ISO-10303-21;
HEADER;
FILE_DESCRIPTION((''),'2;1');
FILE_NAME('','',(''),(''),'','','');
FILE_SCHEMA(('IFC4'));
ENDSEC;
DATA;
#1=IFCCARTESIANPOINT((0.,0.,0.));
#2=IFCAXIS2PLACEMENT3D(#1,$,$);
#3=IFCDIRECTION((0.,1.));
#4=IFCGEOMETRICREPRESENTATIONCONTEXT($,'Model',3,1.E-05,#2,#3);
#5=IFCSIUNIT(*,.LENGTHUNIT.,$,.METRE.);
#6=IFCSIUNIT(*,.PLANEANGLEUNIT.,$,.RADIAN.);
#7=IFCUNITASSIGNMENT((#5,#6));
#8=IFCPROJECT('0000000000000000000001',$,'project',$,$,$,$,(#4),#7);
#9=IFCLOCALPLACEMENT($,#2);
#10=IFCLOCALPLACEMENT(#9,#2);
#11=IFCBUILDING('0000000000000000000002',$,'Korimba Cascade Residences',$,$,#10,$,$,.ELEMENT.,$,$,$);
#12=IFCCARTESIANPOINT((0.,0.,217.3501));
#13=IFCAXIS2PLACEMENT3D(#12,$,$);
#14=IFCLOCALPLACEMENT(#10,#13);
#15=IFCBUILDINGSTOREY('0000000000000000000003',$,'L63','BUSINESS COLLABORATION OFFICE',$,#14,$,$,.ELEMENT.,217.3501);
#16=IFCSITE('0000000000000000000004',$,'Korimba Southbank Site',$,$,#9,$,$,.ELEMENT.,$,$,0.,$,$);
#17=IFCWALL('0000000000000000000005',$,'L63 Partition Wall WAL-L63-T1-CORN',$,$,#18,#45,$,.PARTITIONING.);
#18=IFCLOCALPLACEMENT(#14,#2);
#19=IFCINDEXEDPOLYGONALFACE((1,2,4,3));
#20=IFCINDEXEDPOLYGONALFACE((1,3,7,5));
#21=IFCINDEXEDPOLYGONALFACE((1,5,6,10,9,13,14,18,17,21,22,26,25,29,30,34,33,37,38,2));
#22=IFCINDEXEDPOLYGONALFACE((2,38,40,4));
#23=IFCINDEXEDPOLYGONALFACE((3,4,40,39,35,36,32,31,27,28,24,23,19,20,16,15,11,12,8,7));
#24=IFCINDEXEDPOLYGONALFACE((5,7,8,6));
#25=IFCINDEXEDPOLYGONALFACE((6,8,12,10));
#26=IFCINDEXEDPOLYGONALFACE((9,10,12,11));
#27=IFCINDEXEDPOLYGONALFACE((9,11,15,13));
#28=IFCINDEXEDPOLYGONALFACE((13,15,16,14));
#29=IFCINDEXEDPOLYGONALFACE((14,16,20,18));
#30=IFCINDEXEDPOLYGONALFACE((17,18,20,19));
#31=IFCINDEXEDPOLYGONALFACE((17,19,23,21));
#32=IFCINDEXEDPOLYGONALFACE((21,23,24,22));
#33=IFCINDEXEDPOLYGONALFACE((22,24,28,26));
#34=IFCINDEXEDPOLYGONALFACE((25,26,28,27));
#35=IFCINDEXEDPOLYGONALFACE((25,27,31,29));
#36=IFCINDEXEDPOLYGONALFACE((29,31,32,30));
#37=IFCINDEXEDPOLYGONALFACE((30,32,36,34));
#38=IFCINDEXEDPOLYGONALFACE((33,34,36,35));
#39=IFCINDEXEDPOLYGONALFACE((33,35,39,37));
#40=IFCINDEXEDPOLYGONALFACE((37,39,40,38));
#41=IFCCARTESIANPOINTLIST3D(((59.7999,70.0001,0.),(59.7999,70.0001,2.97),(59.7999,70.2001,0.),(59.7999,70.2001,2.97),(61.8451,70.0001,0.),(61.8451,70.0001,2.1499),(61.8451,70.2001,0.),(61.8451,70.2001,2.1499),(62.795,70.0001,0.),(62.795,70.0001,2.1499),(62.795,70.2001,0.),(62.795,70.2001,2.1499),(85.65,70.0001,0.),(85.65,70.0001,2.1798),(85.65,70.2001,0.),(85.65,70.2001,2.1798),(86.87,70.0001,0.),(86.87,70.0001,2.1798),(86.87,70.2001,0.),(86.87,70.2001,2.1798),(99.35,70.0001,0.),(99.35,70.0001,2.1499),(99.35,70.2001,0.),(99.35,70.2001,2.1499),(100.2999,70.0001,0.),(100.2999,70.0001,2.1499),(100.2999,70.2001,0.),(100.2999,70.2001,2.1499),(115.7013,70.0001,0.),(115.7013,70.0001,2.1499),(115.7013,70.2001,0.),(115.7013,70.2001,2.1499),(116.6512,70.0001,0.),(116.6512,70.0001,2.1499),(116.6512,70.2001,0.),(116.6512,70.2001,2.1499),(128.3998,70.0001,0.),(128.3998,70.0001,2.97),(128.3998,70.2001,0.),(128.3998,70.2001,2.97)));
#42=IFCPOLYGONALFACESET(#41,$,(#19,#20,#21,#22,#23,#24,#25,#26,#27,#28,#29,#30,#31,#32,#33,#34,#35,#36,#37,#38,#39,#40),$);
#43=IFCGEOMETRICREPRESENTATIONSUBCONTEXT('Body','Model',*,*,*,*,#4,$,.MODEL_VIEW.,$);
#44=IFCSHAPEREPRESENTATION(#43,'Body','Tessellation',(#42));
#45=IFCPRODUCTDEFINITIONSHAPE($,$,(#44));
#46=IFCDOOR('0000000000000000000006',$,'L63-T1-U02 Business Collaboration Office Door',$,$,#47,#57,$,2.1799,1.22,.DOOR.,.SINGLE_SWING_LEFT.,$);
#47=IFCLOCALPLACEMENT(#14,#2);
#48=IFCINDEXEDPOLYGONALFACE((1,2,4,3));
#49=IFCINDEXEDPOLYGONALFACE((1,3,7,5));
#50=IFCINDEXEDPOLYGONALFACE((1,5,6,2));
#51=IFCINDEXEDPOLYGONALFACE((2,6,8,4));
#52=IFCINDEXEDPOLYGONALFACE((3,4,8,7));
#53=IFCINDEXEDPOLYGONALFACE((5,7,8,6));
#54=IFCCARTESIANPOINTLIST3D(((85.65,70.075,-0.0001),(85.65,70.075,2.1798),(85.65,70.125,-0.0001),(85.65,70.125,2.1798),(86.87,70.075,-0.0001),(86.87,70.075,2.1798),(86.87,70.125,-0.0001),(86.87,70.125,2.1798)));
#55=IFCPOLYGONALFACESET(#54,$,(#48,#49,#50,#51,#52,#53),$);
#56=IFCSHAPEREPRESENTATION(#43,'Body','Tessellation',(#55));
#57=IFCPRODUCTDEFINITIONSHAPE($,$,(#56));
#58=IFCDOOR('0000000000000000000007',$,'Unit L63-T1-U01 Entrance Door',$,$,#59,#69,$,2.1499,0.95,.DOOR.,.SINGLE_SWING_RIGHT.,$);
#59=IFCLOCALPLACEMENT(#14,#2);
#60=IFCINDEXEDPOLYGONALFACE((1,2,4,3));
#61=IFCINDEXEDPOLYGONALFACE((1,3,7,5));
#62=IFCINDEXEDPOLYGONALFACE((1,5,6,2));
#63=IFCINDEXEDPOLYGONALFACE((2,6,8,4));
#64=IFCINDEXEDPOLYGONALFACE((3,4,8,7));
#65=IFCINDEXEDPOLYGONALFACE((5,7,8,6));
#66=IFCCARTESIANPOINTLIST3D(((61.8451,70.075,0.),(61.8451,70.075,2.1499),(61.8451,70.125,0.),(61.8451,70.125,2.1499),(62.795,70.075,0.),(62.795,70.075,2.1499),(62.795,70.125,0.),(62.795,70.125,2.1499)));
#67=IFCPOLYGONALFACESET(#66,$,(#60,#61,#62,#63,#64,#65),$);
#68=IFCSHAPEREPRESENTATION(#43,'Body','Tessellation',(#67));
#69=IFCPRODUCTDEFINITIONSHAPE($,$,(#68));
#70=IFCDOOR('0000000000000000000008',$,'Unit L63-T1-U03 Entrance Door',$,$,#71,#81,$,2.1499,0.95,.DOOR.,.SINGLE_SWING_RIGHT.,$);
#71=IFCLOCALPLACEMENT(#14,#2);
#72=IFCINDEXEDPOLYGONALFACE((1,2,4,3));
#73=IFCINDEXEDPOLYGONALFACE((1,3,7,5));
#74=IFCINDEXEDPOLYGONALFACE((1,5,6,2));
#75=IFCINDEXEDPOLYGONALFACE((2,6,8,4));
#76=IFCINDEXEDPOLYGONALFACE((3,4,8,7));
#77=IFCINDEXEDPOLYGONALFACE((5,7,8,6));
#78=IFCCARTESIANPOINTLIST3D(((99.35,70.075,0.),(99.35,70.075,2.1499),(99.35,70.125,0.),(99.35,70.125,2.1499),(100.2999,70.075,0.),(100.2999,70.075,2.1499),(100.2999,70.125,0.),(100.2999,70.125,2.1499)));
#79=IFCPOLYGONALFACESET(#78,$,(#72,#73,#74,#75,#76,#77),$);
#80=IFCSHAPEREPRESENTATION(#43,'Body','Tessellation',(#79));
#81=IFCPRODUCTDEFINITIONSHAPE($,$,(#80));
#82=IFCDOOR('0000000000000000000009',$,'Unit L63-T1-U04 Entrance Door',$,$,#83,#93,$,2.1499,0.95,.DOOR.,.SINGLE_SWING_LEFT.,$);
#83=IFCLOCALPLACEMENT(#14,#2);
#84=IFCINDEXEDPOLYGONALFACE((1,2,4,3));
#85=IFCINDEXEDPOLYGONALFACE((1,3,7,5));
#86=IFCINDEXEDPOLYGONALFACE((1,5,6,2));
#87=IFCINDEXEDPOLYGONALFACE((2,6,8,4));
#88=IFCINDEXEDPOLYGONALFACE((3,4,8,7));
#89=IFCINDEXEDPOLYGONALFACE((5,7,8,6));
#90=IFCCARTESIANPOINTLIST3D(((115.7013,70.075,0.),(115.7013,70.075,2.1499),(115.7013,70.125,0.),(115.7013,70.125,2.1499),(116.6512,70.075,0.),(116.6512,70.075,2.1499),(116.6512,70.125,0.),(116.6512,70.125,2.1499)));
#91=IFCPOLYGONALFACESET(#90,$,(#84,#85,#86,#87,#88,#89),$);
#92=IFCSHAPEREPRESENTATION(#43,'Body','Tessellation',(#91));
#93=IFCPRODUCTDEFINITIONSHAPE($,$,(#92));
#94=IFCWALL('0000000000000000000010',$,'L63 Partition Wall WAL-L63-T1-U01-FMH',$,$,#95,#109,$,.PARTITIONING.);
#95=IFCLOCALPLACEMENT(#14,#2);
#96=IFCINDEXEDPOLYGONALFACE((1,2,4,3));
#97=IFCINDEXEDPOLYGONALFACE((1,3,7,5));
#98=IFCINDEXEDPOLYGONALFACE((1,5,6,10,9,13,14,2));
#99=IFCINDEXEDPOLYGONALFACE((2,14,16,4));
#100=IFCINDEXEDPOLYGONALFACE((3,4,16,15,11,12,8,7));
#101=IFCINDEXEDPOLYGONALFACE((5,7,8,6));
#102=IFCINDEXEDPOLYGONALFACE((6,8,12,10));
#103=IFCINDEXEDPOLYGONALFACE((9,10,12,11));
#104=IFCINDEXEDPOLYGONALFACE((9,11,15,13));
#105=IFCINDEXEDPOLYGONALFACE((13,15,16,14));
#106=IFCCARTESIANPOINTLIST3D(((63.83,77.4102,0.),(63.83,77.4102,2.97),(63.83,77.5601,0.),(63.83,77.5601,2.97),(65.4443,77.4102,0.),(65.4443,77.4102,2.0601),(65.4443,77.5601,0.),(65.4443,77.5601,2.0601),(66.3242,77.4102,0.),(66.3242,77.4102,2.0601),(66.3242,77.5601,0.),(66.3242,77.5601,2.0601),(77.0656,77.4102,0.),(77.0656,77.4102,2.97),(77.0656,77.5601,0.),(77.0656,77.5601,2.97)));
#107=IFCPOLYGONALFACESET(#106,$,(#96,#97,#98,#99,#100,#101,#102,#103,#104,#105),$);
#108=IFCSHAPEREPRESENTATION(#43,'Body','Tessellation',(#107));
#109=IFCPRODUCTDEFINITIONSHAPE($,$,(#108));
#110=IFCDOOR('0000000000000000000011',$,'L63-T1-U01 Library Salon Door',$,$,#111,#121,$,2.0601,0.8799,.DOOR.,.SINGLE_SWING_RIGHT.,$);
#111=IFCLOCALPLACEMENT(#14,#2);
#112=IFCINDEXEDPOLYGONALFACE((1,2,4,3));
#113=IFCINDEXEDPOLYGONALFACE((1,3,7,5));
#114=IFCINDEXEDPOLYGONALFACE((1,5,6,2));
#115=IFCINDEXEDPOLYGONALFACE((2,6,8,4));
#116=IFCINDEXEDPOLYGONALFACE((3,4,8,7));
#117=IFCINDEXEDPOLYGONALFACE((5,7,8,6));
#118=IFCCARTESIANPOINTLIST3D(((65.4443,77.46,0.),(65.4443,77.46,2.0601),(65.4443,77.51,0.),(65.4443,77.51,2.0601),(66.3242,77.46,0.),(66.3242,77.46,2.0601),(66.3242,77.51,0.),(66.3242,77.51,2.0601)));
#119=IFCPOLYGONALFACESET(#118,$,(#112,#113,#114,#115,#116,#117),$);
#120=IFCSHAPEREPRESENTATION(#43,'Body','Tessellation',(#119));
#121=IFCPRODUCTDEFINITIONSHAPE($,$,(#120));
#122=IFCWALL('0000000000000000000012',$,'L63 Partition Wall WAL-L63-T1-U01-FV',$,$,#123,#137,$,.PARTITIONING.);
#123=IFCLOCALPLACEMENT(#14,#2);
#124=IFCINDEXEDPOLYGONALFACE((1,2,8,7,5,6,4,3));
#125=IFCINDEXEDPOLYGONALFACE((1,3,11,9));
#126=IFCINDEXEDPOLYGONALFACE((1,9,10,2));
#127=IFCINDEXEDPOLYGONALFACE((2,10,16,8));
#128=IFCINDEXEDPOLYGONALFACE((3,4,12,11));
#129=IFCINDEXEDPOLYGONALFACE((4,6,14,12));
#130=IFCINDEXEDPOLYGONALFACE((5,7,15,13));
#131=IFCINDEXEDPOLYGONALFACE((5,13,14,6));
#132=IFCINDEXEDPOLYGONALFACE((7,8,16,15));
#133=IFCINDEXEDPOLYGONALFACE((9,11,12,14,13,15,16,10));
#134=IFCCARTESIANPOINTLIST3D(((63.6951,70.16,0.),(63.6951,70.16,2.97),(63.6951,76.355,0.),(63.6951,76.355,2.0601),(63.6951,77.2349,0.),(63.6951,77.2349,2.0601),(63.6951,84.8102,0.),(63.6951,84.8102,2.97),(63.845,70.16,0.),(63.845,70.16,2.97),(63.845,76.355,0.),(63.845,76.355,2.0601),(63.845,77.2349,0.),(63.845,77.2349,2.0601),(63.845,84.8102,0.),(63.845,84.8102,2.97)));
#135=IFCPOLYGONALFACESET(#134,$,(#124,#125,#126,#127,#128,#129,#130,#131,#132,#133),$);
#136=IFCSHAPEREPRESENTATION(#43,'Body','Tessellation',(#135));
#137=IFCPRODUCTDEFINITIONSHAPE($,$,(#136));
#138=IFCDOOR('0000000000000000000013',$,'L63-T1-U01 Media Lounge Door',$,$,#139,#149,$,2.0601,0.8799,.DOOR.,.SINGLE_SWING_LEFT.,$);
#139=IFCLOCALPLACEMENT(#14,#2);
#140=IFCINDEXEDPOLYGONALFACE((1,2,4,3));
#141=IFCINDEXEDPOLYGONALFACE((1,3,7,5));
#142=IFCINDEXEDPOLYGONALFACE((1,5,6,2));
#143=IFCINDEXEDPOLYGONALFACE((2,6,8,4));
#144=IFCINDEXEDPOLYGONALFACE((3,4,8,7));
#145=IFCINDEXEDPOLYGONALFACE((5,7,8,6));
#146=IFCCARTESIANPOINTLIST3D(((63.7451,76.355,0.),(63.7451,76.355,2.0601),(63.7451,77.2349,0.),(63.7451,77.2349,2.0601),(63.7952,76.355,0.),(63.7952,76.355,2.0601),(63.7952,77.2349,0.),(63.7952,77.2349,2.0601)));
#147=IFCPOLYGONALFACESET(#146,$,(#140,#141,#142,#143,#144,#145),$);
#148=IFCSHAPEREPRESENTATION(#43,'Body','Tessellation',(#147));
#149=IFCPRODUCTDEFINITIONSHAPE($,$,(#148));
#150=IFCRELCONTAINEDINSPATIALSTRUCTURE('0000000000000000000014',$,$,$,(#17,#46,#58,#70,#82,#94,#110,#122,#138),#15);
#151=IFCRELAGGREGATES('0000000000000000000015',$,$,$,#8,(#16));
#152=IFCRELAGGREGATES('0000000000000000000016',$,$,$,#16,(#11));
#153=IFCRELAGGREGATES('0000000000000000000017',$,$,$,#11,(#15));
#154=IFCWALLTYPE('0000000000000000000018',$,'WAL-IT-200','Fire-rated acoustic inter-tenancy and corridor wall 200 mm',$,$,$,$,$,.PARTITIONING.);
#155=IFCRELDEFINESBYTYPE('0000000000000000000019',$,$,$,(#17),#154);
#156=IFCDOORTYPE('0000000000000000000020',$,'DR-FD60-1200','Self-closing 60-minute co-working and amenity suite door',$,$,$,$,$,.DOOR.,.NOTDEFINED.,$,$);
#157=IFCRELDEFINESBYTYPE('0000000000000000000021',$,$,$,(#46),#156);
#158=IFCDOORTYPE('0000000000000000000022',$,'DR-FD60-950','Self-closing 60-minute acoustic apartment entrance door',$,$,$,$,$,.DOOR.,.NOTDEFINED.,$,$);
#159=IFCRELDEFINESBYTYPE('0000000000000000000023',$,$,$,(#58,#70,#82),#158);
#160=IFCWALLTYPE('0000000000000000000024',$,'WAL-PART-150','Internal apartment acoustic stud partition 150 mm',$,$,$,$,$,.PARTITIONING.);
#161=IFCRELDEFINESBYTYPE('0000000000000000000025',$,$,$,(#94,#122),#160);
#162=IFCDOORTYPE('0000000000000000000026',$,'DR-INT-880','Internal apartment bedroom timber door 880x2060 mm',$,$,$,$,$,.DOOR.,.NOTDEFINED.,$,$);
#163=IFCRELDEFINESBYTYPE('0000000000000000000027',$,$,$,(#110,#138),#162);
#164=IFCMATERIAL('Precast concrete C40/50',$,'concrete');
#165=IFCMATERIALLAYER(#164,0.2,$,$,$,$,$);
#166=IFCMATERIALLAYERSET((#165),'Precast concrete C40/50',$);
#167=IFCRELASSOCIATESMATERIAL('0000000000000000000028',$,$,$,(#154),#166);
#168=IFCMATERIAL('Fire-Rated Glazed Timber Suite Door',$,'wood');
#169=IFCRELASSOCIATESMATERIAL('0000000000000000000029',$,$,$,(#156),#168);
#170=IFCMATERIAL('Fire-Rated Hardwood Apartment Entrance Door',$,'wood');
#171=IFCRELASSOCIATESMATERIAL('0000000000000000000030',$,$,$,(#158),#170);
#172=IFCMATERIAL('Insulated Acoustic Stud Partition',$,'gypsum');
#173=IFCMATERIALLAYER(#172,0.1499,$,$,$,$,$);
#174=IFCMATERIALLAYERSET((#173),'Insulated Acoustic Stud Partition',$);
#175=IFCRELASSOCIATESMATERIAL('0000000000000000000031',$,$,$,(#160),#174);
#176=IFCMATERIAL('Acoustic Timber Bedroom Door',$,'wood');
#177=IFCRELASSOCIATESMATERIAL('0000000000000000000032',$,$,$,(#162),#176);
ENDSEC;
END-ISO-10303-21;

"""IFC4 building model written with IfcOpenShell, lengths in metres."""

from ifc_helpers import new_model, si_unit, direction, frame, frame_2d, origin, place, context, subcontext, project, spatial, rectangle, extrude, material, layer, layer_set, type_object, element, fill, save


model = new_model("IFC4")

# Units and contexts
model_context = context("Model", 3, precision=1e-05, world=origin(), true_north=direction((0.0, 1.0)))
body_context = subcontext(model_context, "Body", "Model", "MODEL_VIEW")
ifc_project = project(units=[si_unit("LENGTHUNIT", "METRE"), si_unit("PLANEANGLEUNIT", "RADIAN")], contexts=[model_context])

# Site, building, storey
site_placement = place(None, origin())
site = spatial("IfcSite", under=ifc_project, at=site_placement, Name="Korimba Southbank Site", CompositionType="ELEMENT", RefElevation=0.0)
building_placement = place(site_placement, origin())
building = spatial("IfcBuilding", under=site, at=building_placement, Name="Korimba Cascade Residences", CompositionType="ELEMENT")
storey_placement = place(building_placement, frame((0.0, 0.0, 217.3501)))
storey = spatial("IfcBuildingStorey", under=building, at=storey_placement, Name="L63", Description="BUSINESS COLLABORATION OFFICE", CompositionType="ELEMENT", Elevation=217.3501)

# Shared definitions
ifc_material_1 = material(Name="Precast concrete C40/50", Category="concrete")
ifc_layer_1 = layer(ifc_material_1, 0.2)
ifc_layer_set_1 = layer_set([ifc_layer_1], Name="Precast concrete C40/50")
wall_type_1 = type_object("IfcWallType", Name="WAL-IT-200", Description="Fire-rated acoustic inter-tenancy and corridor wall 200 mm", PredefinedType="PARTITIONING", material=ifc_layer_set_1)

# Wall, openings, doors
wall_1_placement = place(storey_placement, frame((59.8, 70.1001, 0.0), z_axis=(0.0, 0.0, 1.0), x_axis=(1.0, 0.0, 0.0)))
wall_1 = element("IfcWall", 1, at=wall_1_placement, inside=storey, type_object=wall_type_1, Name="L63 Partition Wall WAL-L63-T1-CORN", PredefinedType="PARTITIONING", context=body_context, shape_type="SweptSolid", body=[
    extrude(rectangle(XDim=68.5999, YDim=0.2, at=frame_2d((34.2998, 0.0))), origin(), (0.0, 0.0, 1.0), 2.97),
])
opening_1_placement = place(wall_1_placement, frame((2.0449, 0.0, 0.0)))
opening_1 = element("IfcOpeningElement", 2, at=opening_1_placement, cuts=wall_1, PredefinedType="OPENING", context=body_context, shape_type="SweptSolid", body=[
    extrude(rectangle(XDim=0.95, YDim=2.1499, at=frame_2d((0.4751, 1.075))), frame((0.0, 0.1099, 0.0), z_axis=(0.0, -1.0, 0.0), x_axis=(1.0, 0.0, 0.0)), (0.0, 0.0, 1.0), 0.22),
])
opening_2_placement = place(wall_1_placement, frame((25.8501, 0.0, 0.0)))
opening_2 = element("IfcOpeningElement", 3, at=opening_2_placement, cuts=wall_1, PredefinedType="OPENING", context=body_context, shape_type="SweptSolid", body=[
    extrude(rectangle(XDim=1.22, YDim=2.1799, at=frame_2d((0.6099, 1.0898))), frame((0.0, 0.1099, 0.0), z_axis=(0.0, -1.0, 0.0), x_axis=(1.0, 0.0, 0.0)), (0.0, 0.0, 1.0), 0.22),
])
opening_3_placement = place(wall_1_placement, frame((39.5498, 0.0, 0.0)))
opening_3 = element("IfcOpeningElement", 4, at=opening_3_placement, cuts=wall_1, PredefinedType="OPENING", context=body_context, shape_type="SweptSolid", body=[
    extrude(rectangle(XDim=0.95, YDim=2.1499, at=frame_2d((0.4751, 1.075))), frame((0.0, 0.1099, 0.0), z_axis=(0.0, -1.0, 0.0), x_axis=(1.0, 0.0, 0.0)), (0.0, 0.0, 1.0), 0.22),
])
opening_4_placement = place(wall_1_placement, frame((55.9011, 0.0, 0.0)))
opening_4 = element("IfcOpeningElement", 5, at=opening_4_placement, cuts=wall_1, PredefinedType="OPENING", context=body_context, shape_type="SweptSolid", body=[
    extrude(rectangle(XDim=0.95, YDim=2.1499, at=frame_2d((0.4751, 1.075))), frame((0.0, 0.1099, 0.0), z_axis=(0.0, -1.0, 0.0), x_axis=(1.0, 0.0, 0.0)), (0.0, 0.0, 1.0), 0.22),
])
ifc_material_2 = material(Name="Fire-Rated Glazed Timber Suite Door", Category="wood")
door_type_1 = type_object("IfcDoorType", Name="DR-FD60-1200", Description="Self-closing 60-minute co-working and amenity suite door", OperationType="NOTDEFINED", PredefinedType="DOOR", material=ifc_material_2)
door_1_placement = place(opening_2_placement, origin())
door_1 = element("IfcDoor", 6, at=door_1_placement, inside=storey, type_object=door_type_1, Name="L63-T1-U02 Business Collaboration Office Door", OperationType="SINGLE_SWING_LEFT", OverallHeight=2.1799, OverallWidth=1.22, PredefinedType="DOOR", context=body_context, shape_type="SweptSolid", body=[
    extrude(rectangle(XDim=1.22, YDim=2.1799, at=frame_2d((0.6099, 1.0898))), frame((0.0, 0.0249, 0.0), z_axis=(0.0, -1.0, 0.0), x_axis=(1.0, 0.0, 0.0)), (0.0, 0.0, 1.0), 0.05),
])
fill(opening_2, door_1)
ifc_material_3 = material(Name="Fire-Rated Hardwood Apartment Entrance Door", Category="wood")
door_type_2 = type_object("IfcDoorType", Name="DR-FD60-950", Description="Self-closing 60-minute acoustic apartment entrance door", OperationType="NOTDEFINED", PredefinedType="DOOR", material=ifc_material_3)
door_2_placement = place(opening_1_placement, origin())
door_2 = element("IfcDoor", 7, at=door_2_placement, inside=storey, type_object=door_type_2, Name="Unit L63-T1-U01 Entrance Door", OperationType="SINGLE_SWING_RIGHT", OverallHeight=2.1499, OverallWidth=0.95, PredefinedType="DOOR", context=body_context, shape_type="SweptSolid", body=[
    extrude(rectangle(XDim=0.95, YDim=2.1499, at=frame_2d((0.4751, 1.075))), frame((0.0, 0.0249, 0.0), z_axis=(0.0, -1.0, 0.0), x_axis=(1.0, 0.0, 0.0)), (0.0, 0.0, 1.0), 0.05),
])
fill(opening_1, door_2)
door_3_placement = place(opening_3_placement, origin())
door_3 = element("IfcDoor", 8, at=door_3_placement, inside=storey, type_object=door_type_2, Name="Unit L63-T1-U03 Entrance Door", OperationType="SINGLE_SWING_RIGHT", OverallHeight=2.1499, OverallWidth=0.95, PredefinedType="DOOR", context=body_context, shape_type="SweptSolid", body=[
    extrude(rectangle(XDim=0.95, YDim=2.1499, at=frame_2d((0.4751, 1.075))), frame((0.0, 0.0249, 0.0), z_axis=(0.0, -1.0, 0.0), x_axis=(1.0, 0.0, 0.0)), (0.0, 0.0, 1.0), 0.05),
])
fill(opening_3, door_3)
door_4_placement = place(opening_4_placement, origin())
door_4 = element("IfcDoor", 9, at=door_4_placement, inside=storey, type_object=door_type_2, Name="Unit L63-T1-U04 Entrance Door", OperationType="SINGLE_SWING_LEFT", OverallHeight=2.1499, OverallWidth=0.95, PredefinedType="DOOR", context=body_context, shape_type="SweptSolid", body=[
    extrude(rectangle(XDim=0.95, YDim=2.1499, at=frame_2d((0.4751, 1.075))), frame((0.0, 0.0249, 0.0), z_axis=(0.0, -1.0, 0.0), x_axis=(1.0, 0.0, 0.0)), (0.0, 0.0, 1.0), 0.05),
])
fill(opening_4, door_4)

# Walls, openings, doors
ifc_material_4 = material(Name="Insulated Acoustic Stud Partition", Category="gypsum")
ifc_layer_2 = layer(ifc_material_4, 0.1499)
ifc_layer_set_2 = layer_set([ifc_layer_2], Name="Insulated Acoustic Stud Partition")
wall_type_2 = type_object("IfcWallType", Name="WAL-PART-150", Description="Internal apartment acoustic stud partition 150 mm", PredefinedType="PARTITIONING", material=ifc_layer_set_2)
wall_2_placement = place(storey_placement, frame((63.8301, 77.4851, 0.0), z_axis=(0.0, 0.0, 1.0), x_axis=(1.0, 0.0, 0.0)))
wall_2 = element("IfcWall", 10, at=wall_2_placement, inside=storey, type_object=wall_type_2, Name="L63 Partition Wall WAL-L63-T1-U01-FMH", PredefinedType="PARTITIONING", context=body_context, shape_type="SweptSolid", body=[
    extrude(rectangle(XDim=13.2356, YDim=0.1499, at=frame_2d((6.6177, 0.0))), origin(), (0.0, 0.0, 1.0), 2.97),
])
opening_5_placement = place(wall_2_placement, frame((1.6143, 0.0, 0.0)))
opening_5 = element("IfcOpeningElement", 11, at=opening_5_placement, cuts=wall_2, PredefinedType="OPENING", context=body_context, shape_type="SweptSolid", body=[
    extrude(rectangle(XDim=0.8799, YDim=2.0601, at=frame_2d((0.4399, 1.03))), frame((0.0, 0.085, 0.0), z_axis=(0.0, -1.0, 0.0), x_axis=(1.0, 0.0, 0.0)), (0.0, 0.0, 1.0), 0.1699),
])
ifc_material_5 = material(Name="Acoustic Timber Bedroom Door", Category="wood")
door_type_3 = type_object("IfcDoorType", Name="DR-INT-880", Description="Internal apartment bedroom timber door 880x2060 mm", OperationType="NOTDEFINED", PredefinedType="DOOR", material=ifc_material_5)
door_5_placement = place(opening_5_placement, origin())
door_5 = element("IfcDoor", 12, at=door_5_placement, inside=storey, type_object=door_type_3, Name="L63-T1-U01 Library Salon Door", OperationType="SINGLE_SWING_RIGHT", OverallHeight=2.0601, OverallWidth=0.8799, PredefinedType="DOOR", context=body_context, shape_type="SweptSolid", body=[
    extrude(rectangle(XDim=0.8799, YDim=2.0601, at=frame_2d((0.4399, 1.03))), frame((0.0, 0.0249, 0.0), z_axis=(0.0, -1.0, 0.0), x_axis=(1.0, 0.0, 0.0)), (0.0, 0.0, 1.0), 0.05),
])
fill(opening_5, door_5)
wall_3_placement = place(storey_placement, frame((63.77, 70.1599, 0.0), z_axis=(0.0, 0.0, 1.0), x_axis=(0.0, 1.0, 0.0)))
wall_3 = element("IfcWall", 13, at=wall_3_placement, inside=storey, type_object=wall_type_2, Name="L63 Partition Wall WAL-L63-T1-U01-FV", PredefinedType="PARTITIONING", context=body_context, shape_type="SweptSolid", body=[
    extrude(rectangle(XDim=14.6501, YDim=0.1499, at=frame_2d((7.3252, 0.0))), origin(), (0.0, 0.0, 1.0), 2.97),
])
opening_6_placement = place(wall_3_placement, frame((6.1951, 0.0, 0.0)))
opening_6 = element("IfcOpeningElement", 14, at=opening_6_placement, cuts=wall_3, PredefinedType="OPENING", context=body_context, shape_type="SweptSolid", body=[
    extrude(rectangle(XDim=0.8799, YDim=2.0601, at=frame_2d((0.4399, 1.03))), frame((0.0, 0.085, 0.0), z_axis=(0.0, -1.0, 0.0), x_axis=(1.0, 0.0, 0.0)), (0.0, 0.0, 1.0), 0.1699),
])
door_6_placement = place(opening_6_placement, origin())
door_6 = element("IfcDoor", 15, at=door_6_placement, inside=storey, type_object=door_type_3, Name="L63-T1-U01 Media Lounge Door", OperationType="SINGLE_SWING_LEFT", OverallHeight=2.0601, OverallWidth=0.8799, PredefinedType="DOOR", context=body_context, shape_type="SweptSolid", body=[
    extrude(rectangle(XDim=0.8799, YDim=2.0601, at=frame_2d((0.4399, 1.03))), frame((0.0, 0.0249, 0.0), z_axis=(0.0, -1.0, 0.0), x_axis=(1.0, 0.0, 0.0)), (0.0, 0.0, 1.0), 0.05),
])
fill(opening_6, door_6)

save(model, "model.ifc")
